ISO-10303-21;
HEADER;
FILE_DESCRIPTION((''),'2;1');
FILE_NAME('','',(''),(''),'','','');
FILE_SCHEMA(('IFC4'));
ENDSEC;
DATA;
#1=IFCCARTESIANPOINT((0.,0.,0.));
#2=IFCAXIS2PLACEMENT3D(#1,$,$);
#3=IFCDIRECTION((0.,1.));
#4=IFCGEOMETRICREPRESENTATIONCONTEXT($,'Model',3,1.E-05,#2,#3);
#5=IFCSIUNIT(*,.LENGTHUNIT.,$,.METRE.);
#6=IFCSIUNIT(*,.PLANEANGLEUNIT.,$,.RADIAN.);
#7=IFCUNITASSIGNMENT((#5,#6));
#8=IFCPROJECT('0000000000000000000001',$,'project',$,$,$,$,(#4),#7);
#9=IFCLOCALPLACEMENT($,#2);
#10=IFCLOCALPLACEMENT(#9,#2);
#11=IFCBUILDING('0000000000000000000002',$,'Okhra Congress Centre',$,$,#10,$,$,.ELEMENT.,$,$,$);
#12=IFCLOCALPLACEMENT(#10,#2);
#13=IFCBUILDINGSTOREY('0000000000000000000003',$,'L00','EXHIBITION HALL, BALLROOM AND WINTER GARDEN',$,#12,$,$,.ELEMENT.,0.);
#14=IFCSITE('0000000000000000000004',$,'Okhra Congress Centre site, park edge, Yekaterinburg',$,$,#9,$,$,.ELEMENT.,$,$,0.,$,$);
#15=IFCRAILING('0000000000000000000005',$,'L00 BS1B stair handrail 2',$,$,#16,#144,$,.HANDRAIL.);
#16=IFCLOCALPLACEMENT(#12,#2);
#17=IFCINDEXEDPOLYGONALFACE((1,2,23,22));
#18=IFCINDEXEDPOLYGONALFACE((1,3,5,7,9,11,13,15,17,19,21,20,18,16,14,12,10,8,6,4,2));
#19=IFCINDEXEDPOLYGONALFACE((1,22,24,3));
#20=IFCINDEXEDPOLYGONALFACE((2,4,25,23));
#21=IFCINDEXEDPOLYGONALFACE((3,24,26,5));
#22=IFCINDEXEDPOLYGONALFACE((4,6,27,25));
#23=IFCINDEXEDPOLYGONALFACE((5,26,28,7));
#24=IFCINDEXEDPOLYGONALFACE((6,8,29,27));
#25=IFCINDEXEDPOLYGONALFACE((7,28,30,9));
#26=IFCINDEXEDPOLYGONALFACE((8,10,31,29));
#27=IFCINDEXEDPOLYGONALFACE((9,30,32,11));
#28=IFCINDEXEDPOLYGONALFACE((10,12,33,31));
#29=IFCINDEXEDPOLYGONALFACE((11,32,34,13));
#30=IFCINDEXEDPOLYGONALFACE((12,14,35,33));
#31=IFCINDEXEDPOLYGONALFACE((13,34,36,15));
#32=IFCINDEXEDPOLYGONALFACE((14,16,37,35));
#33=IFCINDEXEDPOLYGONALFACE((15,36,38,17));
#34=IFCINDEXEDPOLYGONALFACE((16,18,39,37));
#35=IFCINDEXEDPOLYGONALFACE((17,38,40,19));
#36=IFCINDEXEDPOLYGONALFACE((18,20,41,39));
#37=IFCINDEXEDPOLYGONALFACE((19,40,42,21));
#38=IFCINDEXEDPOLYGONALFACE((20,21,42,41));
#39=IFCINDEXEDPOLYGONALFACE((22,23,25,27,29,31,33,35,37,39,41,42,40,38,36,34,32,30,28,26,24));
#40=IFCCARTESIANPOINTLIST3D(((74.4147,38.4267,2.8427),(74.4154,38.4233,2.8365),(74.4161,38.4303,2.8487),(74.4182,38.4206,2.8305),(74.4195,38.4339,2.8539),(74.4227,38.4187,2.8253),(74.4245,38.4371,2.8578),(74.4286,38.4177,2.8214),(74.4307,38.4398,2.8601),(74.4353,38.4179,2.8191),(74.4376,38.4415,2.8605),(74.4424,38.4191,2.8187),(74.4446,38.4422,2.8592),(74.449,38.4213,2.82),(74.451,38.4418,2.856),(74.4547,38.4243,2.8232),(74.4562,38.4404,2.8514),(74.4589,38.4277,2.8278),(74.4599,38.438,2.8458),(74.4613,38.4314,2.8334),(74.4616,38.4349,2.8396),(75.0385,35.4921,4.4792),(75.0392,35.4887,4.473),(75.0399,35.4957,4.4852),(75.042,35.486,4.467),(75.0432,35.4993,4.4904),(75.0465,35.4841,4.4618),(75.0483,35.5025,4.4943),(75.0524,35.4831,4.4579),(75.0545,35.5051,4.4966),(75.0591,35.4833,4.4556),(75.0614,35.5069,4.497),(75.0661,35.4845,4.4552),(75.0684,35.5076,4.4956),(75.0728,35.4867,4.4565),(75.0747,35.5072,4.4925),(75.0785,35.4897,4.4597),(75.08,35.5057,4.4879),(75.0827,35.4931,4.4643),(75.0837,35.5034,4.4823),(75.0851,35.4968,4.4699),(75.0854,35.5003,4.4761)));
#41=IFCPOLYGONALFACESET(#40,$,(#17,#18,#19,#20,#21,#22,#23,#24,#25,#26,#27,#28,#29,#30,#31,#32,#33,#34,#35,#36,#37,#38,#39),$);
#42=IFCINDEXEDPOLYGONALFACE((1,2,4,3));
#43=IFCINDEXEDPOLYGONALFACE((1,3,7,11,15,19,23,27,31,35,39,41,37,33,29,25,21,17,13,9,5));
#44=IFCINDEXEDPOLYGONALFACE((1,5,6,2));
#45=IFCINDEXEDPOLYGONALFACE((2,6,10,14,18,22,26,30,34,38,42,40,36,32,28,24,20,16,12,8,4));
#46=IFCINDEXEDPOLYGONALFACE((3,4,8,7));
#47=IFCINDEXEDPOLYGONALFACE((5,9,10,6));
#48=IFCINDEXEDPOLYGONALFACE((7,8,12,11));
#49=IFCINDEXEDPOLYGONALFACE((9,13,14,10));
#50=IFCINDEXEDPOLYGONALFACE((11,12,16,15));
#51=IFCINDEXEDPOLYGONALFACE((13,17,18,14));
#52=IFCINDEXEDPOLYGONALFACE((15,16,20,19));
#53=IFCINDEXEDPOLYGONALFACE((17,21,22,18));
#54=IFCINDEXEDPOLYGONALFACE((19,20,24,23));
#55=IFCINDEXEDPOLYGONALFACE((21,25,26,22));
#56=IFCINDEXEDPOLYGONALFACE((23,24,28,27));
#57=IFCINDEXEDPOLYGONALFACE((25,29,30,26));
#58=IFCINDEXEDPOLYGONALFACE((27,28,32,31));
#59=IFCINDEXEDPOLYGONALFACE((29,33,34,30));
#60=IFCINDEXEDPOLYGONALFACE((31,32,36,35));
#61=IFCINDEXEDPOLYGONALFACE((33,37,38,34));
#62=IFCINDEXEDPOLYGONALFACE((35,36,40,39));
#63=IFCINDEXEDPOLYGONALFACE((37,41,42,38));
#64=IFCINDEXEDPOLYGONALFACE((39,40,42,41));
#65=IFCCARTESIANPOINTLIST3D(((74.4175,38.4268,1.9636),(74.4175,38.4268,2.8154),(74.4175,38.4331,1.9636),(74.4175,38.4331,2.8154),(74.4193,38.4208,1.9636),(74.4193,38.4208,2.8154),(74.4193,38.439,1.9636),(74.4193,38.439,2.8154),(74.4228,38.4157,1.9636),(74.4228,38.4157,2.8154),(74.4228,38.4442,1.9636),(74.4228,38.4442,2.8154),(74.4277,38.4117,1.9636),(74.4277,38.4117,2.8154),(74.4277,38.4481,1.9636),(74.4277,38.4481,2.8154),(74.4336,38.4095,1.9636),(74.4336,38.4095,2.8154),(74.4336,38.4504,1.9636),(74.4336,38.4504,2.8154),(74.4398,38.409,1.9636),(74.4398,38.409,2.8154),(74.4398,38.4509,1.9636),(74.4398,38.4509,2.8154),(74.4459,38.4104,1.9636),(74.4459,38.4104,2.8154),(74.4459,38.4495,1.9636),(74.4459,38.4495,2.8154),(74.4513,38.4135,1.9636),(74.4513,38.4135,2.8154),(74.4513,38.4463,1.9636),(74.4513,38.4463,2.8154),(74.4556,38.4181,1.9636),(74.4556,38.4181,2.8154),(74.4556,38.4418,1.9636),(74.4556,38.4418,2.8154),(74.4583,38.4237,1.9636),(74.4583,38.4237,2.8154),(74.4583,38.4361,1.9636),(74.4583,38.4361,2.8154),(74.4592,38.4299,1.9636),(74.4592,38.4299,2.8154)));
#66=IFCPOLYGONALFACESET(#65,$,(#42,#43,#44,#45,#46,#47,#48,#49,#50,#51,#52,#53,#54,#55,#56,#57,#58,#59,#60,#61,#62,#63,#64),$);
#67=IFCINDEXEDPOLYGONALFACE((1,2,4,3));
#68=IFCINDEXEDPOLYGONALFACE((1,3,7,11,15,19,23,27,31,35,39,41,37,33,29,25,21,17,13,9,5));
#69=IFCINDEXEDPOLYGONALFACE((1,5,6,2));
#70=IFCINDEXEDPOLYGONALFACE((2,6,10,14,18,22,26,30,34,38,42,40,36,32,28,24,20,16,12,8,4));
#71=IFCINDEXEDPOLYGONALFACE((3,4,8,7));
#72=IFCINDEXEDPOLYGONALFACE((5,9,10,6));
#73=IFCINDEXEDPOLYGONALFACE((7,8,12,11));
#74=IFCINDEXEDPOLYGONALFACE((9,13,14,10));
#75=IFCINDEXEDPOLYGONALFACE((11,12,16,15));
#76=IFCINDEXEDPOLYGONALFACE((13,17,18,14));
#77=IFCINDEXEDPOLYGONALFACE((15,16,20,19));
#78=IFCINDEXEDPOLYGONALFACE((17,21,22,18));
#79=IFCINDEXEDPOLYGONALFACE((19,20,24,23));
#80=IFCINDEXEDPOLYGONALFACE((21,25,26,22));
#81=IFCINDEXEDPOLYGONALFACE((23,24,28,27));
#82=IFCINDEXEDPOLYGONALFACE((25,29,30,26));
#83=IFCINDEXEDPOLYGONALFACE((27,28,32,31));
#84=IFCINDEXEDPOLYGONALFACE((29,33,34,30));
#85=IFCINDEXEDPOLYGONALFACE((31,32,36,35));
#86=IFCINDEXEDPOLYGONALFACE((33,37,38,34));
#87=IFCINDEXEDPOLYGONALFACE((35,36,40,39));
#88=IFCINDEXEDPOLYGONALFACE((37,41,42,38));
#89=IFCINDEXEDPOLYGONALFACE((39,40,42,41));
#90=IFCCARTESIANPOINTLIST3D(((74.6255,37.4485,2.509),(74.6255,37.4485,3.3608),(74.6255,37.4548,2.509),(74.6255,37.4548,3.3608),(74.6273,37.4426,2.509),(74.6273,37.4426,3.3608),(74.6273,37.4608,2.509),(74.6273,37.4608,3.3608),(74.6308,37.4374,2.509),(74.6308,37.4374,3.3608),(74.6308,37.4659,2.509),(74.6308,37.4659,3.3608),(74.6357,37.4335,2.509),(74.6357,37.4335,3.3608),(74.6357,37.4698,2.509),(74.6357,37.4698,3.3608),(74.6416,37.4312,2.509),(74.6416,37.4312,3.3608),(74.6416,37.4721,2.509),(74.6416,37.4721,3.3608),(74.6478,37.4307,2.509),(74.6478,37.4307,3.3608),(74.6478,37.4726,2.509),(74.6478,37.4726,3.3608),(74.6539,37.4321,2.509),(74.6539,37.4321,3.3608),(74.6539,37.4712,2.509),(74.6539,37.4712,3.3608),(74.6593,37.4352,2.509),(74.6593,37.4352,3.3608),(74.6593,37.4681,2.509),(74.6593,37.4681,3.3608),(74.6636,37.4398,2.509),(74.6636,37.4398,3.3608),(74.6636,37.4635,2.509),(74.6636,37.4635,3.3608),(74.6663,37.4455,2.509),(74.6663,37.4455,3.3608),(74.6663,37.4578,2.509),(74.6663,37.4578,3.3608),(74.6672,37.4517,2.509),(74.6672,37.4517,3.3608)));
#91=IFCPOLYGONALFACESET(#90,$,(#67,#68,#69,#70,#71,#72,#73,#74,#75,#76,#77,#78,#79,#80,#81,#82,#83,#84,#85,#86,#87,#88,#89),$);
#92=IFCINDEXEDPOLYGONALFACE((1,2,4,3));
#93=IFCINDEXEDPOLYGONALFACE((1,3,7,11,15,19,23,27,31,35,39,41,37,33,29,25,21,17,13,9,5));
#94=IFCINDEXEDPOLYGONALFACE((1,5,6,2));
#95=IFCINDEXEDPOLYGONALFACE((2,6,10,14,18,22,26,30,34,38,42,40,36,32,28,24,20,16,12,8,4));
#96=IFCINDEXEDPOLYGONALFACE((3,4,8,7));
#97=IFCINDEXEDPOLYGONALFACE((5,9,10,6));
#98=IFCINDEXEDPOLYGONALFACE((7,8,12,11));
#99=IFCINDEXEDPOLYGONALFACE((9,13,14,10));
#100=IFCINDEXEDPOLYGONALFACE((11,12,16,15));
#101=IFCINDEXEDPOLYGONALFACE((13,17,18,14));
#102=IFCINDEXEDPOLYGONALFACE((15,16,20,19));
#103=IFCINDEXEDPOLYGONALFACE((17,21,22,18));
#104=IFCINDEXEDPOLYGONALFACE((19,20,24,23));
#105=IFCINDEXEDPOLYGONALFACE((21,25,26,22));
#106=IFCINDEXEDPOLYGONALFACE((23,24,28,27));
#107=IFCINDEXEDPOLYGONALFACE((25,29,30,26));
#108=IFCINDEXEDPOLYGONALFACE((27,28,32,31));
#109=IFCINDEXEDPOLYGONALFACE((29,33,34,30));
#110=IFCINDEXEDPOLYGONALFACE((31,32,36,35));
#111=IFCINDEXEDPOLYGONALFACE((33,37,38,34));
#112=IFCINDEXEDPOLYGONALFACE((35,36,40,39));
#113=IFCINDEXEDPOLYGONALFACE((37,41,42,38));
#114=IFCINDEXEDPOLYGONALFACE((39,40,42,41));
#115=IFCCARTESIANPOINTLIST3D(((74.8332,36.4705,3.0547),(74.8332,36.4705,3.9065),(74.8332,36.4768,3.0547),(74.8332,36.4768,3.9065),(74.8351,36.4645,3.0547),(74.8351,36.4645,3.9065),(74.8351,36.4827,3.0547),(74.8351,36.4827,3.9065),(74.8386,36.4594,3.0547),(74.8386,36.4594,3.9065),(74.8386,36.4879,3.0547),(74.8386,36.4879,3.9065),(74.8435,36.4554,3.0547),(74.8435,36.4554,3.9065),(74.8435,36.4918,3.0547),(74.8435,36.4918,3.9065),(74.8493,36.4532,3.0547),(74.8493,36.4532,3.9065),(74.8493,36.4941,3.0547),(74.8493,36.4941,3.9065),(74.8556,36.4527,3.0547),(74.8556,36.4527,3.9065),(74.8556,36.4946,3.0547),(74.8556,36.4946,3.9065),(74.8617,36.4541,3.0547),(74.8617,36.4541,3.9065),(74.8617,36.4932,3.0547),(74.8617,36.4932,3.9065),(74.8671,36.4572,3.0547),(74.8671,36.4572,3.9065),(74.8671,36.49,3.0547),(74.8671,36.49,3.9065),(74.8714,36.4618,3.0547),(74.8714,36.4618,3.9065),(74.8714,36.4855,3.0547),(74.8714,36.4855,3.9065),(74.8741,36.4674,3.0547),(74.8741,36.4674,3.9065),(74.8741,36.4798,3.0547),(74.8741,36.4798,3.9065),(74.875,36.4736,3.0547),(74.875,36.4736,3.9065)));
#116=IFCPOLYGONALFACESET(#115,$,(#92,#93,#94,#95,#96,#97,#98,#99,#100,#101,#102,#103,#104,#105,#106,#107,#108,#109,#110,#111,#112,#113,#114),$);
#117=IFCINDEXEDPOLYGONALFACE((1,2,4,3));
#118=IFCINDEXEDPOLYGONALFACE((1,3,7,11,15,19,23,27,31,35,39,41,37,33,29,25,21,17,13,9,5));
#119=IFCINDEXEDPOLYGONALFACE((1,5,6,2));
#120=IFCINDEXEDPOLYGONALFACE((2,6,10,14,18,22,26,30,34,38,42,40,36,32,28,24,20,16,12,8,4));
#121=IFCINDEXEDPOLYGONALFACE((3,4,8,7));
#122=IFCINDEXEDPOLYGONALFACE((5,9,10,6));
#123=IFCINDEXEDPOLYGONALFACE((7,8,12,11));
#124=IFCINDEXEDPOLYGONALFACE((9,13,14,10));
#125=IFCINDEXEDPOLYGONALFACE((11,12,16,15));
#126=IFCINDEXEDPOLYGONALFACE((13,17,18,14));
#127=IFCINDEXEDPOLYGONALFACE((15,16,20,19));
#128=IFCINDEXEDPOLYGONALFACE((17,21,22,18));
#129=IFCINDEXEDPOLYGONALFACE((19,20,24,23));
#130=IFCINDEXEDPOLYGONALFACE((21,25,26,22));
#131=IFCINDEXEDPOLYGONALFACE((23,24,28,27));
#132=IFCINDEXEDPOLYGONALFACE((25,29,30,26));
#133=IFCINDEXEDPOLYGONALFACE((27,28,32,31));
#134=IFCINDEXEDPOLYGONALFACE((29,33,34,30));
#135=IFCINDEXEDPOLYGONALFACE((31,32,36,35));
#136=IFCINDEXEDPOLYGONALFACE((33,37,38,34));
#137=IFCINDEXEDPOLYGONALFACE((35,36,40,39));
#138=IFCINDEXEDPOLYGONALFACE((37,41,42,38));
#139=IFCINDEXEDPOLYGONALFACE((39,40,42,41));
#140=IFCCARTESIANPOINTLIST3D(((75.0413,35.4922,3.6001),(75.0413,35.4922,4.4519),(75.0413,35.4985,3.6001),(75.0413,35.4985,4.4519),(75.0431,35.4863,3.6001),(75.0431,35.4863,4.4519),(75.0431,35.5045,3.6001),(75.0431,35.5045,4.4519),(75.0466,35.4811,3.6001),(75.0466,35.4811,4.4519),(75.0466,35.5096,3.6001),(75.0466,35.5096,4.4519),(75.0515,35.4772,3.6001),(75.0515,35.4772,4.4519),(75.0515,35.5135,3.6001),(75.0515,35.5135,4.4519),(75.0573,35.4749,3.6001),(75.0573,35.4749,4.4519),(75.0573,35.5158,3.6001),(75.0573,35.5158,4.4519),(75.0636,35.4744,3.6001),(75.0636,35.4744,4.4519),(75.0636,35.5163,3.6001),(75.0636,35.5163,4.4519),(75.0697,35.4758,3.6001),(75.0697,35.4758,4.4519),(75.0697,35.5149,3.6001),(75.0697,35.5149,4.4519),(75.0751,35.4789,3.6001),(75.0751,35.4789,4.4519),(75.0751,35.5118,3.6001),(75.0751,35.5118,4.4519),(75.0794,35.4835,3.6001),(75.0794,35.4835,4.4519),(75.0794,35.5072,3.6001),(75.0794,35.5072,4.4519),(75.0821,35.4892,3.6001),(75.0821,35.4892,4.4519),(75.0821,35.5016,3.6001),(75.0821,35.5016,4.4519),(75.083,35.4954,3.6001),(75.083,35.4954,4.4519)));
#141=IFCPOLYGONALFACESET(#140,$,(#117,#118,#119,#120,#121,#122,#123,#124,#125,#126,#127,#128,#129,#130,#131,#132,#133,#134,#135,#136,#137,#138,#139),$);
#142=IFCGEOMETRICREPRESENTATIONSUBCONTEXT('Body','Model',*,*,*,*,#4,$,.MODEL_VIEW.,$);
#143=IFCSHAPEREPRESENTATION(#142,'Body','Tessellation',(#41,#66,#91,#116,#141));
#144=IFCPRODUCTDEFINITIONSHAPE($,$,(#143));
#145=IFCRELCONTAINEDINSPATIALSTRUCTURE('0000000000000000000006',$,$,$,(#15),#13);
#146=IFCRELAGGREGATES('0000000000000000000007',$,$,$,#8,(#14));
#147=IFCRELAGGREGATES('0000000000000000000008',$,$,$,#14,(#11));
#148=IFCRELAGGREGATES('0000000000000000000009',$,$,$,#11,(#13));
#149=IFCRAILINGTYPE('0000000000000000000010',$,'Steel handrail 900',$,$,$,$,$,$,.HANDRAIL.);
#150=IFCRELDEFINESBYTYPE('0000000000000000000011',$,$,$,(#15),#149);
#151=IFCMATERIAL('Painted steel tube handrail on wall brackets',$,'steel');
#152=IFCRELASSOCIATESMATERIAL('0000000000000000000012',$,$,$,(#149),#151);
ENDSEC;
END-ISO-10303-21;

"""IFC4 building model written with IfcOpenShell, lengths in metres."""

from ifc_helpers import new_model, si_unit, direction, frame, origin, origin_2d, place, context, subcontext, project, spatial, circle, extrude, material, type_object, element, save


model = new_model("IFC4")

# Units and contexts
model_context = context("Model", 3, precision=1e-05, world=origin(), true_north=direction((0.0, 1.0)))
body_context = subcontext(model_context, "Body", "Model", "MODEL_VIEW")
ifc_project = project(units=[si_unit("LENGTHUNIT", "METRE"), si_unit("PLANEANGLEUNIT", "RADIAN")], contexts=[model_context])

# Site, building, storey
site_placement = place(None, origin())
site = spatial("IfcSite", under=ifc_project, at=site_placement, Name="Okhra Congress Centre site, park edge, Yekaterinburg", CompositionType="ELEMENT", RefElevation=0.0)
building_placement = place(site_placement, origin())
building = spatial("IfcBuilding", under=site, at=building_placement, Name="Okhra Congress Centre", CompositionType="ELEMENT")
storey_placement = place(building_placement, origin())
storey = spatial("IfcBuildingStorey", under=building, at=storey_placement, Name="L00", Description="EXHIBITION HALL, BALLROOM AND WINTER GARDEN", CompositionType="ELEMENT", Elevation=0.0)

# Railing
ifc_material_1 = material(Name="Painted steel tube handrail on wall brackets", Category="steel")
railing_type_1 = type_object("IfcRailingType", Name="Steel handrail 900", PredefinedType="HANDRAIL", material=ifc_material_1)
railing_1_placement = place(storey_placement, frame((74.4382, 38.4299, 1.9636)))
element("IfcRailing", 1, at=railing_1_placement, inside=storey, type_object=railing_type_1, Name="L00 BS1B stair handrail 2", PredefinedType="HANDRAIL", context=body_context, shape_type="SweptSolid", body=[
    extrude(circle(Radius=0.0239, at=origin_2d()), frame((0.0, 0.0, 0.876), z_axis=(0.182529, -0.858706, 0.478861), x_axis=(0.978146, 0.207917, 0.0)), (0.0, 0.0, 1.0), 3.4175),
    extrude(circle(Radius=0.021, at=origin_2d()), origin(), (0.0, 0.0, 1.0), 0.8518),
    extrude(circle(Radius=0.021, at=origin_2d()), frame((0.208, -0.9783, 0.5454)), (0.0, 0.0, 1.0), 0.8518),
    extrude(circle(Radius=0.021, at=origin_2d()), frame((0.4158, -1.9563, 1.0911)), (0.0, 0.0, 1.0), 0.8518),
    extrude(circle(Radius=0.021, at=origin_2d()), frame((0.6238, -2.9346, 1.6365)), (0.0, 0.0, 1.0), 0.8518),
])

save(model, "model.ifc")
